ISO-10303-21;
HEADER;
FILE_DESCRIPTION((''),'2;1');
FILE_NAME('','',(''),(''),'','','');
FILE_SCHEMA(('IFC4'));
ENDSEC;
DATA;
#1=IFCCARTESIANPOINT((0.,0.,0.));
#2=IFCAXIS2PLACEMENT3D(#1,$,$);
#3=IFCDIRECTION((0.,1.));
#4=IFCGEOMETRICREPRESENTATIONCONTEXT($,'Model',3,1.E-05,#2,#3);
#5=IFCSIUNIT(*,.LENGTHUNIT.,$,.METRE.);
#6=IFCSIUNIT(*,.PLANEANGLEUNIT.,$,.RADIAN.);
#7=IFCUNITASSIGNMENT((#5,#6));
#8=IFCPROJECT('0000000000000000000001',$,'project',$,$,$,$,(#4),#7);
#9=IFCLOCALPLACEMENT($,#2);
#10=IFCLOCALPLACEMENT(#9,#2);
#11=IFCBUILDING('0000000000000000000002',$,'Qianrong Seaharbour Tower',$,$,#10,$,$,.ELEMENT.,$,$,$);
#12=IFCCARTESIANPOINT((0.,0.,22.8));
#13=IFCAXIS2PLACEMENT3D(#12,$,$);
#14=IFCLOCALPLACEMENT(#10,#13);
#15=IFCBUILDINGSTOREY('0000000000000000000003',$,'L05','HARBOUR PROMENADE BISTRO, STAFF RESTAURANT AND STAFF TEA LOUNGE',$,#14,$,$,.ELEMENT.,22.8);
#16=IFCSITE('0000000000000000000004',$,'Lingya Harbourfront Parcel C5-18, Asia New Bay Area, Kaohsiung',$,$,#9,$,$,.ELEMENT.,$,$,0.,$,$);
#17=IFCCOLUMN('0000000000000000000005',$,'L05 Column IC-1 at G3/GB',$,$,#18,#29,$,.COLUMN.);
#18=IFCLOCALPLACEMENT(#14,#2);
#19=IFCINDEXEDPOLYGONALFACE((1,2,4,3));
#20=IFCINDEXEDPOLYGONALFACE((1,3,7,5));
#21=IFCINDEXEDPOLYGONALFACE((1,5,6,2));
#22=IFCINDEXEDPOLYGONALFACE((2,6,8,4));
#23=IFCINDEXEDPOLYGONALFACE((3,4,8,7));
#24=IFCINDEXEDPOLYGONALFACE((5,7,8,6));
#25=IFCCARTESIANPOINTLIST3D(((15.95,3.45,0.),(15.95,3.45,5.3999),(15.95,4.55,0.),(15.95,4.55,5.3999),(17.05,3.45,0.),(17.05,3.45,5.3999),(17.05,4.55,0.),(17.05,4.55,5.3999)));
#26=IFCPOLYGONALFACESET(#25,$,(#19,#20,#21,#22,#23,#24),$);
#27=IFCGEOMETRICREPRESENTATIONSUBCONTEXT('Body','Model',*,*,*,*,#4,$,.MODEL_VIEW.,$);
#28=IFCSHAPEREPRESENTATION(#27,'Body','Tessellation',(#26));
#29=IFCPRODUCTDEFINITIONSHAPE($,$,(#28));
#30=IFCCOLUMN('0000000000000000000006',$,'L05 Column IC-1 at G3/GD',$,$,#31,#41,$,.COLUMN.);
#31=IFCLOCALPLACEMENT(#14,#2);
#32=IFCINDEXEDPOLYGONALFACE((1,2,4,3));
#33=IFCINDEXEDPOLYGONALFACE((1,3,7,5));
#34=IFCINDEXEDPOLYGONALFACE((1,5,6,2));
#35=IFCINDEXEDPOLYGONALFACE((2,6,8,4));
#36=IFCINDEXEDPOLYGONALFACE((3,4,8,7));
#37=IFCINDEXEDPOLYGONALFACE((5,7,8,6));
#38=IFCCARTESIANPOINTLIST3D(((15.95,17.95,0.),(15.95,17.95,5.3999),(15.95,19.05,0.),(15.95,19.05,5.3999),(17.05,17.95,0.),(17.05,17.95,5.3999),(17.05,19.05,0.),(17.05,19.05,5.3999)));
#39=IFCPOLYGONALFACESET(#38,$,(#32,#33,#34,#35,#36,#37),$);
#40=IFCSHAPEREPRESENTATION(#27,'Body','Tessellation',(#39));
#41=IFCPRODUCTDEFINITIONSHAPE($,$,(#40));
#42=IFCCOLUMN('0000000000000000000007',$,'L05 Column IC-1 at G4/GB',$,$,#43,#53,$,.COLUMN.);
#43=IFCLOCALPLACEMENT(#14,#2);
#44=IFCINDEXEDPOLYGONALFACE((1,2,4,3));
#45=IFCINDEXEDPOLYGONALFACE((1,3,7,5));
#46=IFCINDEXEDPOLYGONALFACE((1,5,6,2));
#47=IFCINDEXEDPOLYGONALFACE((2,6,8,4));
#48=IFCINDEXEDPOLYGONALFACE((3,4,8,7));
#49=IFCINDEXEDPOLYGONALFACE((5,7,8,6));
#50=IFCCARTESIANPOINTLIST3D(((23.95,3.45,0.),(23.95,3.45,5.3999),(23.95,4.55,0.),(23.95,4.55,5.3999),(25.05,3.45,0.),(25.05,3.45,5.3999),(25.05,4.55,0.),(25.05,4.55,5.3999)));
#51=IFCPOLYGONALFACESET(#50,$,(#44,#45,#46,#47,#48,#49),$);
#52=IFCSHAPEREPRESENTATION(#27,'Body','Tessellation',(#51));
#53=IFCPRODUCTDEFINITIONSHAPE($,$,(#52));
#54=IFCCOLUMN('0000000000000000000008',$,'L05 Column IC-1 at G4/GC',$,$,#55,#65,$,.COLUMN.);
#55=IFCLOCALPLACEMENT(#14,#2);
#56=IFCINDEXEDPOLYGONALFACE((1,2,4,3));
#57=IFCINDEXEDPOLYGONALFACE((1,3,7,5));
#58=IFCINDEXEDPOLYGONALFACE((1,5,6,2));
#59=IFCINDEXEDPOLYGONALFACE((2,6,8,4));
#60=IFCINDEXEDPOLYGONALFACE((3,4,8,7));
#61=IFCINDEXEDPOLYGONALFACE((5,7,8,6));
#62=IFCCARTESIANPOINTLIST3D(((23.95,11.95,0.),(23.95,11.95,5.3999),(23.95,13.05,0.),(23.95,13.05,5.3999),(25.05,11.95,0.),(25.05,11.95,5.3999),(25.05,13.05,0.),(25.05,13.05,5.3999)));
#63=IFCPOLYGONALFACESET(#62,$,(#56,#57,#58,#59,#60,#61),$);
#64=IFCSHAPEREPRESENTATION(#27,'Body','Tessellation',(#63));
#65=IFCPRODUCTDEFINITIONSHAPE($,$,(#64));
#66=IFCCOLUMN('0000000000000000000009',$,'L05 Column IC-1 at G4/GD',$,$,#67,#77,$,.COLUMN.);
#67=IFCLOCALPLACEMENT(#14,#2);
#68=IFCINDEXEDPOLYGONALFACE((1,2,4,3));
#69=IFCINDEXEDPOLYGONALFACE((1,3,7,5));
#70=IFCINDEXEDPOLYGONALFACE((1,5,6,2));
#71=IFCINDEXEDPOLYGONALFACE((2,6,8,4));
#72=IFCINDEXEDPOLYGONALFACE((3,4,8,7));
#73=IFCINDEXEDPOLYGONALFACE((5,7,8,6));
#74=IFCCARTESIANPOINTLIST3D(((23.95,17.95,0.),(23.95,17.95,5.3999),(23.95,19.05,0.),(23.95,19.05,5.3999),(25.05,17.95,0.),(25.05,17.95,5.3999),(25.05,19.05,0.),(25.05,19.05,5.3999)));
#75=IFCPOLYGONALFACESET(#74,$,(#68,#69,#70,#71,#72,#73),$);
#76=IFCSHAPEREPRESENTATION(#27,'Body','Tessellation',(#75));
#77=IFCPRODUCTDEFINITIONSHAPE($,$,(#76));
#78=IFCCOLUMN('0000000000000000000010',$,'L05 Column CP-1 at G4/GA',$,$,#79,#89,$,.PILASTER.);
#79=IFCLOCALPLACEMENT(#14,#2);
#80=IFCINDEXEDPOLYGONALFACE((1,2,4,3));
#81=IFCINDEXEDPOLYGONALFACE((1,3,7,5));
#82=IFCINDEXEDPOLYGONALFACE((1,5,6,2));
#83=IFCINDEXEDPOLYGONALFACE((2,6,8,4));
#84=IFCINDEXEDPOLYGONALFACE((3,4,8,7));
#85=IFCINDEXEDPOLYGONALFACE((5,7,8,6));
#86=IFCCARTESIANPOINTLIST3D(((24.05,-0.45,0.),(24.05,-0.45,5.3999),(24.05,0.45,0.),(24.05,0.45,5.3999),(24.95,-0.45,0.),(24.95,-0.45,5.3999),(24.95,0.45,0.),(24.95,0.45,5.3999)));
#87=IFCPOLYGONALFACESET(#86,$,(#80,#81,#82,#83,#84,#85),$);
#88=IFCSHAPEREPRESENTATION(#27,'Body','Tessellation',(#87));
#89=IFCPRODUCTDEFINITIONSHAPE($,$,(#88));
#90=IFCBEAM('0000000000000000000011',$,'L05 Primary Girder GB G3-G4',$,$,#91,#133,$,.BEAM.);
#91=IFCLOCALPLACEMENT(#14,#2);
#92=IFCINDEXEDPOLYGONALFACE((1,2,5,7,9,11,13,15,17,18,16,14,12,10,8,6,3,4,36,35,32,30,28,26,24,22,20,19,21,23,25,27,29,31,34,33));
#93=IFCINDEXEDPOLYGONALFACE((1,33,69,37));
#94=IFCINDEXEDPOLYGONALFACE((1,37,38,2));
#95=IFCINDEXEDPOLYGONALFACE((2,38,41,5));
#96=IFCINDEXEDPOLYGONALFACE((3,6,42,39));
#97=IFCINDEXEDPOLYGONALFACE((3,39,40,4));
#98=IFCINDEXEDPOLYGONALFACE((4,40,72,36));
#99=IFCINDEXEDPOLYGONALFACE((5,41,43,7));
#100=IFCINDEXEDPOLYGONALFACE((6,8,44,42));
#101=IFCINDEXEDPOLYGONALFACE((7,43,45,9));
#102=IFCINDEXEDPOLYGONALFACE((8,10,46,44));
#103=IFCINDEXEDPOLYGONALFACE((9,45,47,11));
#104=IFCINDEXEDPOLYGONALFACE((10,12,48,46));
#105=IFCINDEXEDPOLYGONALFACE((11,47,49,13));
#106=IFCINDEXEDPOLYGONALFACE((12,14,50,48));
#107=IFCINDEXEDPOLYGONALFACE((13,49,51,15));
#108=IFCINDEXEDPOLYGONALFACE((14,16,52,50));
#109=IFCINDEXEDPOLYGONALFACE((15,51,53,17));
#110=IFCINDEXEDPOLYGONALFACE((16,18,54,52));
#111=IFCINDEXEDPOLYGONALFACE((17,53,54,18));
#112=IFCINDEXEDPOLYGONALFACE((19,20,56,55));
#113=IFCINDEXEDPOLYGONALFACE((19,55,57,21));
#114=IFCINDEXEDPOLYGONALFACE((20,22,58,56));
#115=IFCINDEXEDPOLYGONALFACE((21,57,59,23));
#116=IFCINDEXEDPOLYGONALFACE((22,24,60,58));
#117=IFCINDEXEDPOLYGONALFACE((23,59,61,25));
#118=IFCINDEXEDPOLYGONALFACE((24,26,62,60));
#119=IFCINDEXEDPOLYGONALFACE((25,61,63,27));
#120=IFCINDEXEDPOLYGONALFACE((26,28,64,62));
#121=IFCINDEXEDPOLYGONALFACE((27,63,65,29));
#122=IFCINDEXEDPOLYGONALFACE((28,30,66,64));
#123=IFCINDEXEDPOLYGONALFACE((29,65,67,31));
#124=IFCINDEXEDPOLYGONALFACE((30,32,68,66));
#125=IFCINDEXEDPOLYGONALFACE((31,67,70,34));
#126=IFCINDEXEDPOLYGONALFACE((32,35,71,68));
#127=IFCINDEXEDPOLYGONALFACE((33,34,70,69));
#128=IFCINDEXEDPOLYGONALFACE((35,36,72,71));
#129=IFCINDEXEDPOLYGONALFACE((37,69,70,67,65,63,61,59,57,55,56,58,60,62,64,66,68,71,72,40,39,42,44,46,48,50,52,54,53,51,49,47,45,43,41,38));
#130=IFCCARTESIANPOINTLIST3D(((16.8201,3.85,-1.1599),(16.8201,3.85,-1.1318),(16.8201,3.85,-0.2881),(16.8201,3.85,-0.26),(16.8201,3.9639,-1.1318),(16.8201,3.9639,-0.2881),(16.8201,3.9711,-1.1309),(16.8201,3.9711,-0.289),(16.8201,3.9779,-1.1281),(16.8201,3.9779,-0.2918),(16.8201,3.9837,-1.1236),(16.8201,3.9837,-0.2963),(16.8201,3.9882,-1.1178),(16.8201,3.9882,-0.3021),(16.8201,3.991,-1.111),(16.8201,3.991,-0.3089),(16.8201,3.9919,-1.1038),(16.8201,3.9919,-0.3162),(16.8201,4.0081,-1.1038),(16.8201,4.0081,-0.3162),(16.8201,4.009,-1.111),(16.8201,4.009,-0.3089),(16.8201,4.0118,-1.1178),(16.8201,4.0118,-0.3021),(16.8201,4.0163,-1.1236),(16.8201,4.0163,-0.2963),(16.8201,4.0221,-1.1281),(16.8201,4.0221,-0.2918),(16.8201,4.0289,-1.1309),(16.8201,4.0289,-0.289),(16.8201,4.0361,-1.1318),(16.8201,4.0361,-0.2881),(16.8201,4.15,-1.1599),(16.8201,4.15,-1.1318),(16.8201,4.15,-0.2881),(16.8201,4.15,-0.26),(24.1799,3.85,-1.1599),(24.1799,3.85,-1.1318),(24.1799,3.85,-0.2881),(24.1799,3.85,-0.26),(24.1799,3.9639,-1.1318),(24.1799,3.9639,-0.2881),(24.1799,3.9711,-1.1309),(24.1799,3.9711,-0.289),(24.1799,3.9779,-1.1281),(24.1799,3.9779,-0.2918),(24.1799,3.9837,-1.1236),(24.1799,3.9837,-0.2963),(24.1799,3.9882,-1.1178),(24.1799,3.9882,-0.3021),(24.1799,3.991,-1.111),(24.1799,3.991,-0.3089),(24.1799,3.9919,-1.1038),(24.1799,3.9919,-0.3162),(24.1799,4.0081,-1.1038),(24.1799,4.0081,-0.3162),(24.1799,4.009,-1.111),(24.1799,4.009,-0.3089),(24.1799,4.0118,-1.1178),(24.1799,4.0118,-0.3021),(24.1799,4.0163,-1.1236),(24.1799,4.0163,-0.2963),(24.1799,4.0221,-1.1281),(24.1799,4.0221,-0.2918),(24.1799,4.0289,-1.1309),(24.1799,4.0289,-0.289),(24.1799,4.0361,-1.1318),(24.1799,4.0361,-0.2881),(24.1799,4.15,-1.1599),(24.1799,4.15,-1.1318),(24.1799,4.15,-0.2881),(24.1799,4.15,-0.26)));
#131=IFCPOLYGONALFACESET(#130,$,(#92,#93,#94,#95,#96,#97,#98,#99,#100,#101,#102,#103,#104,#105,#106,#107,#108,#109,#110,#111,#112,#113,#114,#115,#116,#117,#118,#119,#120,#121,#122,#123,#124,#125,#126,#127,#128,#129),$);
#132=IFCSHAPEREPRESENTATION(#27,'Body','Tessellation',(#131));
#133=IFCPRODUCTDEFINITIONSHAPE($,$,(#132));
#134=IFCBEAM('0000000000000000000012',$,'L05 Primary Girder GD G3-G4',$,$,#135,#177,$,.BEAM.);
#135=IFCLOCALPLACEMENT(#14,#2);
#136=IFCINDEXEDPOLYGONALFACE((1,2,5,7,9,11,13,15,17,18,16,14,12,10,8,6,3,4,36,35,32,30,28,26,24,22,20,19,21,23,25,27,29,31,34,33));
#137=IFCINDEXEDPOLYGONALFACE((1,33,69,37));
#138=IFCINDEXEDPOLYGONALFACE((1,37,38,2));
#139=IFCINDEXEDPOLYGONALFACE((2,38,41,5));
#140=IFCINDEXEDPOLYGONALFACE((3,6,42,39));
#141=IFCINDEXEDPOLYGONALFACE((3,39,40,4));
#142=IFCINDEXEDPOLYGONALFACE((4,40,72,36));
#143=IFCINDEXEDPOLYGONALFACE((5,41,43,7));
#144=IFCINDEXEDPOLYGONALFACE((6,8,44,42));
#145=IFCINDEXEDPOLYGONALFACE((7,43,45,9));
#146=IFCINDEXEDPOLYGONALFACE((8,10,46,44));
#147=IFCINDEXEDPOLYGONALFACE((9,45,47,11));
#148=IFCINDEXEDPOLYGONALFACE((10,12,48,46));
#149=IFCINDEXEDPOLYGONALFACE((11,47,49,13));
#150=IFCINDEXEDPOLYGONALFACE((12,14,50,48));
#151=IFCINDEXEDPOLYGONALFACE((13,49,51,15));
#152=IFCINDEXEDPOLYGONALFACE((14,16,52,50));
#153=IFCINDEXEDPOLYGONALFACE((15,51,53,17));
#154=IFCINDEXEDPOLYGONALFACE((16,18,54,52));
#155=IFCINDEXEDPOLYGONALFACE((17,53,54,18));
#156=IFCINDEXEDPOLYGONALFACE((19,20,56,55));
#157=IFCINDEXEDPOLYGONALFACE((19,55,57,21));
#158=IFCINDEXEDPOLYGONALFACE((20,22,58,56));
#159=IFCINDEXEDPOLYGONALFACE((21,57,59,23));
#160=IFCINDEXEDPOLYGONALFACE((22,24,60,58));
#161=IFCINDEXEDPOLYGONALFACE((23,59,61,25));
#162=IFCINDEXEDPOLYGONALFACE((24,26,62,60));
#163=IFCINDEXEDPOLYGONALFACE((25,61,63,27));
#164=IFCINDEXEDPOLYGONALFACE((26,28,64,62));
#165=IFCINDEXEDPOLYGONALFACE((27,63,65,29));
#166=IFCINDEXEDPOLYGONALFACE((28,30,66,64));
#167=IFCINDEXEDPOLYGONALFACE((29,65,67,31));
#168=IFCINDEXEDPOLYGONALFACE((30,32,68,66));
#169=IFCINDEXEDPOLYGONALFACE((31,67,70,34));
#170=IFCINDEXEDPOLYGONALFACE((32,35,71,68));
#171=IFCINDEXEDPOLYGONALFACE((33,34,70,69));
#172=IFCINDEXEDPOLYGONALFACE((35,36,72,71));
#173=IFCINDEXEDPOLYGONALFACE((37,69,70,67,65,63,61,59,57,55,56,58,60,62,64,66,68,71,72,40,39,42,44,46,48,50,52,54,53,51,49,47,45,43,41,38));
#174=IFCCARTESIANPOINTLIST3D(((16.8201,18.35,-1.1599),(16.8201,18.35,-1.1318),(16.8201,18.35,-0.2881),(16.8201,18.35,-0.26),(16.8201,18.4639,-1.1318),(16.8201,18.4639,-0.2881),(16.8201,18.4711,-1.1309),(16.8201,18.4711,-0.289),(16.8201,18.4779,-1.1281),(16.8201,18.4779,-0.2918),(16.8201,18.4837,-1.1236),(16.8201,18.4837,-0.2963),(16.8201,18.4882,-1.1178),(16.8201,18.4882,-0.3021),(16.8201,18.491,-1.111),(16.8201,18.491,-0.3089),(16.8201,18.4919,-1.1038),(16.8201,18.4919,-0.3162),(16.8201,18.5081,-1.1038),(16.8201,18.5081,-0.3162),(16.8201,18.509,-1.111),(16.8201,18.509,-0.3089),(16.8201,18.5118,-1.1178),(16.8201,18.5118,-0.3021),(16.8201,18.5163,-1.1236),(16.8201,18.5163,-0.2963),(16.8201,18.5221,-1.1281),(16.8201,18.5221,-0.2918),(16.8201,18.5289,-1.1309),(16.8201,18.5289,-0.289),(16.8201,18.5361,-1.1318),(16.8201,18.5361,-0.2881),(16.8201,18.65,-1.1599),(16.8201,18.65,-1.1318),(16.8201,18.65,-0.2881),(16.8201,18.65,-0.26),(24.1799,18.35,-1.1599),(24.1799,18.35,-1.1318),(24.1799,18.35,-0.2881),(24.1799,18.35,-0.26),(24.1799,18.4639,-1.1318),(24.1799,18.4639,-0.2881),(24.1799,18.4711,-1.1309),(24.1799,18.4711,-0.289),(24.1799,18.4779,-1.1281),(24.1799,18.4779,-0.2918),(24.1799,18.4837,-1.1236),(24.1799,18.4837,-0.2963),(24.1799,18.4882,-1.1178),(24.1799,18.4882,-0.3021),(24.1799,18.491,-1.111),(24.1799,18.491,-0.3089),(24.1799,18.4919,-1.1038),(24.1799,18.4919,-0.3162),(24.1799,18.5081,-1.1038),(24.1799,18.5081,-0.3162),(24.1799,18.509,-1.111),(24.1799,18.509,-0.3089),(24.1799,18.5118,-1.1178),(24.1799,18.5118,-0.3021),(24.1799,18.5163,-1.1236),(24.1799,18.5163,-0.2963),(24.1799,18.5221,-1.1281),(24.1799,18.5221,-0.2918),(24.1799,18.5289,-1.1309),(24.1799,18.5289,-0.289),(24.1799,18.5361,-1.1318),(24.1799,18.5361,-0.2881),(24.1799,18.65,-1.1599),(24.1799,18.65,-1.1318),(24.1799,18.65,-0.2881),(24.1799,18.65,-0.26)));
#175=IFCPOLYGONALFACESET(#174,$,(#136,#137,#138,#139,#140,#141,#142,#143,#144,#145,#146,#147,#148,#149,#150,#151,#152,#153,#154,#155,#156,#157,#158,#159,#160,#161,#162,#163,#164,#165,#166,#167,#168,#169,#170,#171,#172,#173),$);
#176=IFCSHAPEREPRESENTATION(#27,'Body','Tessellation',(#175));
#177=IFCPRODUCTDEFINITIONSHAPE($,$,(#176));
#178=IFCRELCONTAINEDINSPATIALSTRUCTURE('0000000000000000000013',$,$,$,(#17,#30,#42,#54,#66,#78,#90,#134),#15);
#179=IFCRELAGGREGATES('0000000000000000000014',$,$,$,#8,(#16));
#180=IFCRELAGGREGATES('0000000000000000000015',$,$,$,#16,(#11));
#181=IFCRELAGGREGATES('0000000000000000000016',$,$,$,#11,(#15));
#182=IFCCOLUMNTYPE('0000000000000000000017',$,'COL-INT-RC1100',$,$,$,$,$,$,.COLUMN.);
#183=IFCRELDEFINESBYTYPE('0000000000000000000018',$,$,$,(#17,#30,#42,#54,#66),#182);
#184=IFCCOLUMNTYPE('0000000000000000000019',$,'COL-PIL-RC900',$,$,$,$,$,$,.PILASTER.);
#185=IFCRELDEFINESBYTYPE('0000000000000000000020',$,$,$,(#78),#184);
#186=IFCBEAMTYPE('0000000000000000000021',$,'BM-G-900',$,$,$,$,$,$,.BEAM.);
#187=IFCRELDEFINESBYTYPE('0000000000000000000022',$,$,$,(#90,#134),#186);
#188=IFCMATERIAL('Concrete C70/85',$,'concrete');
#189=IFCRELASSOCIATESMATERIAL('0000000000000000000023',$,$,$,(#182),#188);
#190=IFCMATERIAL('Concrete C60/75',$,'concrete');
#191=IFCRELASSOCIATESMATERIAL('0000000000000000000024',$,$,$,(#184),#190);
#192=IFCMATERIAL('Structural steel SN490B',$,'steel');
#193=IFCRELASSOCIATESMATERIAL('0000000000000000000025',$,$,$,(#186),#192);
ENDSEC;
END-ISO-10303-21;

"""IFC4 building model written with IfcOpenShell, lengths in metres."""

from ifc_helpers import new_model, si_unit, direction, frame, origin, origin_2d, place, context, subcontext, project, spatial, rectangle, i_section, extrude, material, material_profile, profile_set, type_object, element, save


model = new_model("IFC4")

# Units and contexts
model_context = context("Model", 3, precision=1e-05, world=origin(), true_north=direction((0.0, 1.0)))
body_context = subcontext(model_context, "Body", "Model", "MODEL_VIEW")
ifc_project = project(units=[si_unit("LENGTHUNIT", "METRE"), si_unit("PLANEANGLEUNIT", "RADIAN")], contexts=[model_context])

# Site, building, storey
site_placement = place(None, origin())
site = spatial("IfcSite", under=ifc_project, at=site_placement, Name="Lingya Harbourfront Parcel C5-18, Asia New Bay Area, Kaohsiung", CompositionType="ELEMENT", RefElevation=0.0)
building_placement = place(site_placement, origin())
building = spatial("IfcBuilding", under=site, at=building_placement, Name="Qianrong Seaharbour Tower", CompositionType="ELEMENT")
storey_placement = place(building_placement, frame((0.0, 0.0, 22.8)))
storey = spatial("IfcBuildingStorey", under=building, at=storey_placement, Name="L05", Description="HARBOUR PROMENADE BISTRO, STAFF RESTAURANT AND STAFF TEA LOUNGE", CompositionType="ELEMENT", Elevation=22.8)

# Columns
ifc_material_1 = material(Name="Concrete C70/85", Category="concrete")
ifc_material_profile_1 = material_profile(ifc_material_1, rectangle(XDim=1.1001, YDim=1.1001, at=origin_2d()), Name="RC1100x1100")
ifc_profile_set_1 = profile_set([ifc_material_profile_1], Name="Concrete C70/85")
column_type_1 = type_object("IfcColumnType", Name="COL-INT-RC1100", PredefinedType="COLUMN", material=ifc_profile_set_1)
for number, where, z_axis, x_axis, name in (
    (1, (16.5, 4.0, 0.0), (0.0, 0.0, 1.0), (1.0, 0.0, 0.0), "L05 Column IC-1 at G3/GB"),
    (2, (16.5, 18.5, 0.0), (0.0, 0.0, 1.0), (1.0, 0.0, 0.0), "L05 Column IC-1 at G3/GD"),
    (3, (24.5, 4.0, 0.0), (0.0, 0.0, 1.0), (1.0, 0.0, 0.0), "L05 Column IC-1 at G4/GB"),
    (4, (24.5, 12.5, 0.0), (0.0, 0.0, 1.0), (1.0, 0.0, 0.0), "L05 Column IC-1 at G4/GC"),
    (5, (24.5, 18.5, 0.0), (0.0, 0.0, 1.0), (1.0, 0.0, 0.0), "L05 Column IC-1 at G4/GD"),
):
    element("IfcColumn", number, at=place(storey_placement, frame(where, z_axis=z_axis, x_axis=x_axis)), inside=storey, type_object=column_type_1, Name=name, PredefinedType="COLUMN", context=body_context, shape_type="SweptSolid", body=[
        extrude(rectangle(XDim=1.1001, YDim=1.1001, at=origin_2d()), origin(), (0.0, 0.0, 1.0), 5.3999),
    ])
ifc_material_2 = material(Name="Concrete C60/75", Category="concrete")
ifc_material_profile_2 = material_profile(ifc_material_2, rectangle(XDim=0.8999, YDim=0.8999, at=origin_2d()), Name="RC900x900")
ifc_profile_set_2 = profile_set([ifc_material_profile_2], Name="Concrete C60/75")
column_type_2 = type_object("IfcColumnType", Name="COL-PIL-RC900", PredefinedType="PILASTER", material=ifc_profile_set_2)
column_placement = place(storey_placement, frame((24.5, 0.0, 0.0), z_axis=(0.0, 0.0, 1.0), x_axis=(1.0, 0.0, 0.0)))
element("IfcColumn", 6, at=column_placement, inside=storey, type_object=column_type_2, Name="L05 Column CP-1 at G4/GA", PredefinedType="PILASTER", context=body_context, shape_type="SweptSolid", body=[
    extrude(rectangle(XDim=0.8999, YDim=0.8999, at=origin_2d()), origin(), (0.0, 0.0, 1.0), 5.3999),
])

# Beams
ifc_material_3 = material(Name="Structural steel SN490B", Category="steel")
ifc_material_profile_3 = material_profile(ifc_material_3, i_section(OverallWidth=0.3, OverallDepth=0.8999, WebThickness=0.0161, FlangeThickness=0.0281, FilletRadius=0.0281, at=origin_2d()), Name="H900x300x16x28")
ifc_profile_set_3 = profile_set([ifc_material_profile_3], Name="Structural steel SN490B")
beam_type_1 = type_object("IfcBeamType", Name="BM-G-900", PredefinedType="BEAM", material=ifc_profile_set_3)
for number, where, z_axis, x_axis, name in (
    (7, (16.8201, 4.0, -0.71), (1.0, 0.0, 0.0), (0.0, 1.0, 0.0), "L05 Primary Girder GB G3-G4"),
    (8, (16.8201, 18.5, -0.71), (1.0, 0.0, 0.0), (0.0, 1.0, 0.0), "L05 Primary Girder GD G3-G4"),
):
    element("IfcBeam", number, at=place(storey_placement, frame(where, z_axis=z_axis, x_axis=x_axis)), inside=storey, type_object=beam_type_1, Name=name, PredefinedType="BEAM", context=body_context, shape_type="SweptSolid", body=[
        extrude(i_section(OverallWidth=0.3, OverallDepth=0.8999, WebThickness=0.0161, FlangeThickness=0.0281, FilletRadius=0.0281, at=origin_2d()), origin(), (0.0, 0.0, 1.0), 7.3599),
    ])

save(model, "model.ifc")
